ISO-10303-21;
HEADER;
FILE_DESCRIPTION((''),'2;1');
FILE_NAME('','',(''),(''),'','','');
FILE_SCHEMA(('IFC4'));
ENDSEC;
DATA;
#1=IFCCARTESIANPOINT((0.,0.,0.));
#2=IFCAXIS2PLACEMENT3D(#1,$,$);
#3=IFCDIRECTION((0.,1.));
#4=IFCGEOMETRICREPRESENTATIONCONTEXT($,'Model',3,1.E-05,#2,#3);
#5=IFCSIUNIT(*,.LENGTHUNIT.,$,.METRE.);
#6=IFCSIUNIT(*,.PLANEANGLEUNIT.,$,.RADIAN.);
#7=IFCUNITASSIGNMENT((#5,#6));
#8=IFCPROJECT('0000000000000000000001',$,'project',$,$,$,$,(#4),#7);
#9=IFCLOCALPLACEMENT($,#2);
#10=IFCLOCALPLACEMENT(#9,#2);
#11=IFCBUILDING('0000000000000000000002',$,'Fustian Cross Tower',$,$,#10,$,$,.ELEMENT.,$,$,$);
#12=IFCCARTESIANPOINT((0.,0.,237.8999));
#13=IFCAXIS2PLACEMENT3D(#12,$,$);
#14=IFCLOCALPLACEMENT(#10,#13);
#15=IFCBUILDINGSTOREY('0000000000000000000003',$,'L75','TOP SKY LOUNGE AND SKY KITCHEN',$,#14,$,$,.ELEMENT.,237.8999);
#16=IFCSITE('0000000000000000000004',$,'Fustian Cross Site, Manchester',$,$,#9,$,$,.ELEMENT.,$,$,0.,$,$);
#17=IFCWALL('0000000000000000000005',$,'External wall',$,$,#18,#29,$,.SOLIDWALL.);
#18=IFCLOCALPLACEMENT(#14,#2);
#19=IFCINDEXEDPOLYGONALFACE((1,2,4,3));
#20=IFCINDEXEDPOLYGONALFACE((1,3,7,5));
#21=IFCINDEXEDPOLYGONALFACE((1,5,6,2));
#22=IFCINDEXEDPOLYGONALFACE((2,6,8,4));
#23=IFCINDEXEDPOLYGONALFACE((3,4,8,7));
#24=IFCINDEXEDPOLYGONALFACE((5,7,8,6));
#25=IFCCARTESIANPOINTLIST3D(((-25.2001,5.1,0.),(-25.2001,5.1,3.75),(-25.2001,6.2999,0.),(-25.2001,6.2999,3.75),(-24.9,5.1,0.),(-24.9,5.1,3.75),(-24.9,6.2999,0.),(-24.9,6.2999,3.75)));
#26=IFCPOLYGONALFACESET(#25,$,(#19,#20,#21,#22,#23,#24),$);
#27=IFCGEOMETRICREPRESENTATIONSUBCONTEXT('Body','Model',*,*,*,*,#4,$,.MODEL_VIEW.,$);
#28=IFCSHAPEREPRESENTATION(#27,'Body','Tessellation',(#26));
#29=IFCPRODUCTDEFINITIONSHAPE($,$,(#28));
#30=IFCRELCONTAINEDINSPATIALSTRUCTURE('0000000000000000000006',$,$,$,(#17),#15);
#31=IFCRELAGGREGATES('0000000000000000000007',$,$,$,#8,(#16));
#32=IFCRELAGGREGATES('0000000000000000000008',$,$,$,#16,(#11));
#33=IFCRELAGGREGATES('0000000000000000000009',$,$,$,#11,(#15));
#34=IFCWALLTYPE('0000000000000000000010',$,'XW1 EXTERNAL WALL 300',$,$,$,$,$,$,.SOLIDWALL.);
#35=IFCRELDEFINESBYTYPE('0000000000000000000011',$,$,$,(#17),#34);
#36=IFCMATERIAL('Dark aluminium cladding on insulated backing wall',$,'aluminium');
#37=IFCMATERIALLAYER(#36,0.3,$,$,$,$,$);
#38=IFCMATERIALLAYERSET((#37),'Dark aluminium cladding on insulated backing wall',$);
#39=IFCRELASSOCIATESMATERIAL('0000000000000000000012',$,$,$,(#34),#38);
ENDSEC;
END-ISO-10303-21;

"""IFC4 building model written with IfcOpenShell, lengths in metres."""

from ifc_helpers import new_model, si_unit, direction, frame, frame_2d, origin, place, context, subcontext, project, spatial, rectangle, extrude, material, layer, layer_set, type_object, element, save


model = new_model("IFC4")

# Units and contexts
model_context = context("Model", 3, precision=1e-05, world=origin(), true_north=direction((0.0, 1.0)))
body_context = subcontext(model_context, "Body", "Model", "MODEL_VIEW")
ifc_project = project(units=[si_unit("LENGTHUNIT", "METRE"), si_unit("PLANEANGLEUNIT", "RADIAN")], contexts=[model_context])

# Site, building, storey
site_placement = place(None, origin())
site = spatial("IfcSite", under=ifc_project, at=site_placement, Name="Fustian Cross Site, Manchester", CompositionType="ELEMENT", RefElevation=0.0)
building_placement = place(site_placement, origin())
building = spatial("IfcBuilding", under=site, at=building_placement, Name="Fustian Cross Tower", CompositionType="ELEMENT")
storey_placement = place(building_placement, frame((0.0, 0.0, 237.8999)))
storey = spatial("IfcBuildingStorey", under=building, at=storey_placement, Name="L75", Description="TOP SKY LOUNGE AND SKY KITCHEN", CompositionType="ELEMENT", Elevation=237.8999)

# Wall
ifc_material_1 = material(Name="Dark aluminium cladding on insulated backing wall", Category="aluminium")
ifc_layer_1 = layer(ifc_material_1, 0.3)
ifc_layer_set_1 = layer_set([ifc_layer_1], Name="Dark aluminium cladding on insulated backing wall")
wall_type_1 = type_object("IfcWallType", Name="XW1 EXTERNAL WALL 300", PredefinedType="SOLIDWALL", material=ifc_layer_set_1)
wall_1_placement = place(storey_placement, frame((-25.05, 6.3, 0.0), z_axis=(0.0, 0.0, 1.0), x_axis=(0.0, -1.0, 0.0)))
element("IfcWall", 1, at=wall_1_placement, inside=storey, type_object=wall_type_1, Name="External wall", PredefinedType="SOLIDWALL", context=body_context, shape_type="SweptSolid", body=[
    extrude(rectangle(XDim=1.2, YDim=0.3, at=frame_2d((0.6001, 0.0))), origin(), (0.0, 0.0, 1.0), 3.75),
])

save(model, "model.ifc")
